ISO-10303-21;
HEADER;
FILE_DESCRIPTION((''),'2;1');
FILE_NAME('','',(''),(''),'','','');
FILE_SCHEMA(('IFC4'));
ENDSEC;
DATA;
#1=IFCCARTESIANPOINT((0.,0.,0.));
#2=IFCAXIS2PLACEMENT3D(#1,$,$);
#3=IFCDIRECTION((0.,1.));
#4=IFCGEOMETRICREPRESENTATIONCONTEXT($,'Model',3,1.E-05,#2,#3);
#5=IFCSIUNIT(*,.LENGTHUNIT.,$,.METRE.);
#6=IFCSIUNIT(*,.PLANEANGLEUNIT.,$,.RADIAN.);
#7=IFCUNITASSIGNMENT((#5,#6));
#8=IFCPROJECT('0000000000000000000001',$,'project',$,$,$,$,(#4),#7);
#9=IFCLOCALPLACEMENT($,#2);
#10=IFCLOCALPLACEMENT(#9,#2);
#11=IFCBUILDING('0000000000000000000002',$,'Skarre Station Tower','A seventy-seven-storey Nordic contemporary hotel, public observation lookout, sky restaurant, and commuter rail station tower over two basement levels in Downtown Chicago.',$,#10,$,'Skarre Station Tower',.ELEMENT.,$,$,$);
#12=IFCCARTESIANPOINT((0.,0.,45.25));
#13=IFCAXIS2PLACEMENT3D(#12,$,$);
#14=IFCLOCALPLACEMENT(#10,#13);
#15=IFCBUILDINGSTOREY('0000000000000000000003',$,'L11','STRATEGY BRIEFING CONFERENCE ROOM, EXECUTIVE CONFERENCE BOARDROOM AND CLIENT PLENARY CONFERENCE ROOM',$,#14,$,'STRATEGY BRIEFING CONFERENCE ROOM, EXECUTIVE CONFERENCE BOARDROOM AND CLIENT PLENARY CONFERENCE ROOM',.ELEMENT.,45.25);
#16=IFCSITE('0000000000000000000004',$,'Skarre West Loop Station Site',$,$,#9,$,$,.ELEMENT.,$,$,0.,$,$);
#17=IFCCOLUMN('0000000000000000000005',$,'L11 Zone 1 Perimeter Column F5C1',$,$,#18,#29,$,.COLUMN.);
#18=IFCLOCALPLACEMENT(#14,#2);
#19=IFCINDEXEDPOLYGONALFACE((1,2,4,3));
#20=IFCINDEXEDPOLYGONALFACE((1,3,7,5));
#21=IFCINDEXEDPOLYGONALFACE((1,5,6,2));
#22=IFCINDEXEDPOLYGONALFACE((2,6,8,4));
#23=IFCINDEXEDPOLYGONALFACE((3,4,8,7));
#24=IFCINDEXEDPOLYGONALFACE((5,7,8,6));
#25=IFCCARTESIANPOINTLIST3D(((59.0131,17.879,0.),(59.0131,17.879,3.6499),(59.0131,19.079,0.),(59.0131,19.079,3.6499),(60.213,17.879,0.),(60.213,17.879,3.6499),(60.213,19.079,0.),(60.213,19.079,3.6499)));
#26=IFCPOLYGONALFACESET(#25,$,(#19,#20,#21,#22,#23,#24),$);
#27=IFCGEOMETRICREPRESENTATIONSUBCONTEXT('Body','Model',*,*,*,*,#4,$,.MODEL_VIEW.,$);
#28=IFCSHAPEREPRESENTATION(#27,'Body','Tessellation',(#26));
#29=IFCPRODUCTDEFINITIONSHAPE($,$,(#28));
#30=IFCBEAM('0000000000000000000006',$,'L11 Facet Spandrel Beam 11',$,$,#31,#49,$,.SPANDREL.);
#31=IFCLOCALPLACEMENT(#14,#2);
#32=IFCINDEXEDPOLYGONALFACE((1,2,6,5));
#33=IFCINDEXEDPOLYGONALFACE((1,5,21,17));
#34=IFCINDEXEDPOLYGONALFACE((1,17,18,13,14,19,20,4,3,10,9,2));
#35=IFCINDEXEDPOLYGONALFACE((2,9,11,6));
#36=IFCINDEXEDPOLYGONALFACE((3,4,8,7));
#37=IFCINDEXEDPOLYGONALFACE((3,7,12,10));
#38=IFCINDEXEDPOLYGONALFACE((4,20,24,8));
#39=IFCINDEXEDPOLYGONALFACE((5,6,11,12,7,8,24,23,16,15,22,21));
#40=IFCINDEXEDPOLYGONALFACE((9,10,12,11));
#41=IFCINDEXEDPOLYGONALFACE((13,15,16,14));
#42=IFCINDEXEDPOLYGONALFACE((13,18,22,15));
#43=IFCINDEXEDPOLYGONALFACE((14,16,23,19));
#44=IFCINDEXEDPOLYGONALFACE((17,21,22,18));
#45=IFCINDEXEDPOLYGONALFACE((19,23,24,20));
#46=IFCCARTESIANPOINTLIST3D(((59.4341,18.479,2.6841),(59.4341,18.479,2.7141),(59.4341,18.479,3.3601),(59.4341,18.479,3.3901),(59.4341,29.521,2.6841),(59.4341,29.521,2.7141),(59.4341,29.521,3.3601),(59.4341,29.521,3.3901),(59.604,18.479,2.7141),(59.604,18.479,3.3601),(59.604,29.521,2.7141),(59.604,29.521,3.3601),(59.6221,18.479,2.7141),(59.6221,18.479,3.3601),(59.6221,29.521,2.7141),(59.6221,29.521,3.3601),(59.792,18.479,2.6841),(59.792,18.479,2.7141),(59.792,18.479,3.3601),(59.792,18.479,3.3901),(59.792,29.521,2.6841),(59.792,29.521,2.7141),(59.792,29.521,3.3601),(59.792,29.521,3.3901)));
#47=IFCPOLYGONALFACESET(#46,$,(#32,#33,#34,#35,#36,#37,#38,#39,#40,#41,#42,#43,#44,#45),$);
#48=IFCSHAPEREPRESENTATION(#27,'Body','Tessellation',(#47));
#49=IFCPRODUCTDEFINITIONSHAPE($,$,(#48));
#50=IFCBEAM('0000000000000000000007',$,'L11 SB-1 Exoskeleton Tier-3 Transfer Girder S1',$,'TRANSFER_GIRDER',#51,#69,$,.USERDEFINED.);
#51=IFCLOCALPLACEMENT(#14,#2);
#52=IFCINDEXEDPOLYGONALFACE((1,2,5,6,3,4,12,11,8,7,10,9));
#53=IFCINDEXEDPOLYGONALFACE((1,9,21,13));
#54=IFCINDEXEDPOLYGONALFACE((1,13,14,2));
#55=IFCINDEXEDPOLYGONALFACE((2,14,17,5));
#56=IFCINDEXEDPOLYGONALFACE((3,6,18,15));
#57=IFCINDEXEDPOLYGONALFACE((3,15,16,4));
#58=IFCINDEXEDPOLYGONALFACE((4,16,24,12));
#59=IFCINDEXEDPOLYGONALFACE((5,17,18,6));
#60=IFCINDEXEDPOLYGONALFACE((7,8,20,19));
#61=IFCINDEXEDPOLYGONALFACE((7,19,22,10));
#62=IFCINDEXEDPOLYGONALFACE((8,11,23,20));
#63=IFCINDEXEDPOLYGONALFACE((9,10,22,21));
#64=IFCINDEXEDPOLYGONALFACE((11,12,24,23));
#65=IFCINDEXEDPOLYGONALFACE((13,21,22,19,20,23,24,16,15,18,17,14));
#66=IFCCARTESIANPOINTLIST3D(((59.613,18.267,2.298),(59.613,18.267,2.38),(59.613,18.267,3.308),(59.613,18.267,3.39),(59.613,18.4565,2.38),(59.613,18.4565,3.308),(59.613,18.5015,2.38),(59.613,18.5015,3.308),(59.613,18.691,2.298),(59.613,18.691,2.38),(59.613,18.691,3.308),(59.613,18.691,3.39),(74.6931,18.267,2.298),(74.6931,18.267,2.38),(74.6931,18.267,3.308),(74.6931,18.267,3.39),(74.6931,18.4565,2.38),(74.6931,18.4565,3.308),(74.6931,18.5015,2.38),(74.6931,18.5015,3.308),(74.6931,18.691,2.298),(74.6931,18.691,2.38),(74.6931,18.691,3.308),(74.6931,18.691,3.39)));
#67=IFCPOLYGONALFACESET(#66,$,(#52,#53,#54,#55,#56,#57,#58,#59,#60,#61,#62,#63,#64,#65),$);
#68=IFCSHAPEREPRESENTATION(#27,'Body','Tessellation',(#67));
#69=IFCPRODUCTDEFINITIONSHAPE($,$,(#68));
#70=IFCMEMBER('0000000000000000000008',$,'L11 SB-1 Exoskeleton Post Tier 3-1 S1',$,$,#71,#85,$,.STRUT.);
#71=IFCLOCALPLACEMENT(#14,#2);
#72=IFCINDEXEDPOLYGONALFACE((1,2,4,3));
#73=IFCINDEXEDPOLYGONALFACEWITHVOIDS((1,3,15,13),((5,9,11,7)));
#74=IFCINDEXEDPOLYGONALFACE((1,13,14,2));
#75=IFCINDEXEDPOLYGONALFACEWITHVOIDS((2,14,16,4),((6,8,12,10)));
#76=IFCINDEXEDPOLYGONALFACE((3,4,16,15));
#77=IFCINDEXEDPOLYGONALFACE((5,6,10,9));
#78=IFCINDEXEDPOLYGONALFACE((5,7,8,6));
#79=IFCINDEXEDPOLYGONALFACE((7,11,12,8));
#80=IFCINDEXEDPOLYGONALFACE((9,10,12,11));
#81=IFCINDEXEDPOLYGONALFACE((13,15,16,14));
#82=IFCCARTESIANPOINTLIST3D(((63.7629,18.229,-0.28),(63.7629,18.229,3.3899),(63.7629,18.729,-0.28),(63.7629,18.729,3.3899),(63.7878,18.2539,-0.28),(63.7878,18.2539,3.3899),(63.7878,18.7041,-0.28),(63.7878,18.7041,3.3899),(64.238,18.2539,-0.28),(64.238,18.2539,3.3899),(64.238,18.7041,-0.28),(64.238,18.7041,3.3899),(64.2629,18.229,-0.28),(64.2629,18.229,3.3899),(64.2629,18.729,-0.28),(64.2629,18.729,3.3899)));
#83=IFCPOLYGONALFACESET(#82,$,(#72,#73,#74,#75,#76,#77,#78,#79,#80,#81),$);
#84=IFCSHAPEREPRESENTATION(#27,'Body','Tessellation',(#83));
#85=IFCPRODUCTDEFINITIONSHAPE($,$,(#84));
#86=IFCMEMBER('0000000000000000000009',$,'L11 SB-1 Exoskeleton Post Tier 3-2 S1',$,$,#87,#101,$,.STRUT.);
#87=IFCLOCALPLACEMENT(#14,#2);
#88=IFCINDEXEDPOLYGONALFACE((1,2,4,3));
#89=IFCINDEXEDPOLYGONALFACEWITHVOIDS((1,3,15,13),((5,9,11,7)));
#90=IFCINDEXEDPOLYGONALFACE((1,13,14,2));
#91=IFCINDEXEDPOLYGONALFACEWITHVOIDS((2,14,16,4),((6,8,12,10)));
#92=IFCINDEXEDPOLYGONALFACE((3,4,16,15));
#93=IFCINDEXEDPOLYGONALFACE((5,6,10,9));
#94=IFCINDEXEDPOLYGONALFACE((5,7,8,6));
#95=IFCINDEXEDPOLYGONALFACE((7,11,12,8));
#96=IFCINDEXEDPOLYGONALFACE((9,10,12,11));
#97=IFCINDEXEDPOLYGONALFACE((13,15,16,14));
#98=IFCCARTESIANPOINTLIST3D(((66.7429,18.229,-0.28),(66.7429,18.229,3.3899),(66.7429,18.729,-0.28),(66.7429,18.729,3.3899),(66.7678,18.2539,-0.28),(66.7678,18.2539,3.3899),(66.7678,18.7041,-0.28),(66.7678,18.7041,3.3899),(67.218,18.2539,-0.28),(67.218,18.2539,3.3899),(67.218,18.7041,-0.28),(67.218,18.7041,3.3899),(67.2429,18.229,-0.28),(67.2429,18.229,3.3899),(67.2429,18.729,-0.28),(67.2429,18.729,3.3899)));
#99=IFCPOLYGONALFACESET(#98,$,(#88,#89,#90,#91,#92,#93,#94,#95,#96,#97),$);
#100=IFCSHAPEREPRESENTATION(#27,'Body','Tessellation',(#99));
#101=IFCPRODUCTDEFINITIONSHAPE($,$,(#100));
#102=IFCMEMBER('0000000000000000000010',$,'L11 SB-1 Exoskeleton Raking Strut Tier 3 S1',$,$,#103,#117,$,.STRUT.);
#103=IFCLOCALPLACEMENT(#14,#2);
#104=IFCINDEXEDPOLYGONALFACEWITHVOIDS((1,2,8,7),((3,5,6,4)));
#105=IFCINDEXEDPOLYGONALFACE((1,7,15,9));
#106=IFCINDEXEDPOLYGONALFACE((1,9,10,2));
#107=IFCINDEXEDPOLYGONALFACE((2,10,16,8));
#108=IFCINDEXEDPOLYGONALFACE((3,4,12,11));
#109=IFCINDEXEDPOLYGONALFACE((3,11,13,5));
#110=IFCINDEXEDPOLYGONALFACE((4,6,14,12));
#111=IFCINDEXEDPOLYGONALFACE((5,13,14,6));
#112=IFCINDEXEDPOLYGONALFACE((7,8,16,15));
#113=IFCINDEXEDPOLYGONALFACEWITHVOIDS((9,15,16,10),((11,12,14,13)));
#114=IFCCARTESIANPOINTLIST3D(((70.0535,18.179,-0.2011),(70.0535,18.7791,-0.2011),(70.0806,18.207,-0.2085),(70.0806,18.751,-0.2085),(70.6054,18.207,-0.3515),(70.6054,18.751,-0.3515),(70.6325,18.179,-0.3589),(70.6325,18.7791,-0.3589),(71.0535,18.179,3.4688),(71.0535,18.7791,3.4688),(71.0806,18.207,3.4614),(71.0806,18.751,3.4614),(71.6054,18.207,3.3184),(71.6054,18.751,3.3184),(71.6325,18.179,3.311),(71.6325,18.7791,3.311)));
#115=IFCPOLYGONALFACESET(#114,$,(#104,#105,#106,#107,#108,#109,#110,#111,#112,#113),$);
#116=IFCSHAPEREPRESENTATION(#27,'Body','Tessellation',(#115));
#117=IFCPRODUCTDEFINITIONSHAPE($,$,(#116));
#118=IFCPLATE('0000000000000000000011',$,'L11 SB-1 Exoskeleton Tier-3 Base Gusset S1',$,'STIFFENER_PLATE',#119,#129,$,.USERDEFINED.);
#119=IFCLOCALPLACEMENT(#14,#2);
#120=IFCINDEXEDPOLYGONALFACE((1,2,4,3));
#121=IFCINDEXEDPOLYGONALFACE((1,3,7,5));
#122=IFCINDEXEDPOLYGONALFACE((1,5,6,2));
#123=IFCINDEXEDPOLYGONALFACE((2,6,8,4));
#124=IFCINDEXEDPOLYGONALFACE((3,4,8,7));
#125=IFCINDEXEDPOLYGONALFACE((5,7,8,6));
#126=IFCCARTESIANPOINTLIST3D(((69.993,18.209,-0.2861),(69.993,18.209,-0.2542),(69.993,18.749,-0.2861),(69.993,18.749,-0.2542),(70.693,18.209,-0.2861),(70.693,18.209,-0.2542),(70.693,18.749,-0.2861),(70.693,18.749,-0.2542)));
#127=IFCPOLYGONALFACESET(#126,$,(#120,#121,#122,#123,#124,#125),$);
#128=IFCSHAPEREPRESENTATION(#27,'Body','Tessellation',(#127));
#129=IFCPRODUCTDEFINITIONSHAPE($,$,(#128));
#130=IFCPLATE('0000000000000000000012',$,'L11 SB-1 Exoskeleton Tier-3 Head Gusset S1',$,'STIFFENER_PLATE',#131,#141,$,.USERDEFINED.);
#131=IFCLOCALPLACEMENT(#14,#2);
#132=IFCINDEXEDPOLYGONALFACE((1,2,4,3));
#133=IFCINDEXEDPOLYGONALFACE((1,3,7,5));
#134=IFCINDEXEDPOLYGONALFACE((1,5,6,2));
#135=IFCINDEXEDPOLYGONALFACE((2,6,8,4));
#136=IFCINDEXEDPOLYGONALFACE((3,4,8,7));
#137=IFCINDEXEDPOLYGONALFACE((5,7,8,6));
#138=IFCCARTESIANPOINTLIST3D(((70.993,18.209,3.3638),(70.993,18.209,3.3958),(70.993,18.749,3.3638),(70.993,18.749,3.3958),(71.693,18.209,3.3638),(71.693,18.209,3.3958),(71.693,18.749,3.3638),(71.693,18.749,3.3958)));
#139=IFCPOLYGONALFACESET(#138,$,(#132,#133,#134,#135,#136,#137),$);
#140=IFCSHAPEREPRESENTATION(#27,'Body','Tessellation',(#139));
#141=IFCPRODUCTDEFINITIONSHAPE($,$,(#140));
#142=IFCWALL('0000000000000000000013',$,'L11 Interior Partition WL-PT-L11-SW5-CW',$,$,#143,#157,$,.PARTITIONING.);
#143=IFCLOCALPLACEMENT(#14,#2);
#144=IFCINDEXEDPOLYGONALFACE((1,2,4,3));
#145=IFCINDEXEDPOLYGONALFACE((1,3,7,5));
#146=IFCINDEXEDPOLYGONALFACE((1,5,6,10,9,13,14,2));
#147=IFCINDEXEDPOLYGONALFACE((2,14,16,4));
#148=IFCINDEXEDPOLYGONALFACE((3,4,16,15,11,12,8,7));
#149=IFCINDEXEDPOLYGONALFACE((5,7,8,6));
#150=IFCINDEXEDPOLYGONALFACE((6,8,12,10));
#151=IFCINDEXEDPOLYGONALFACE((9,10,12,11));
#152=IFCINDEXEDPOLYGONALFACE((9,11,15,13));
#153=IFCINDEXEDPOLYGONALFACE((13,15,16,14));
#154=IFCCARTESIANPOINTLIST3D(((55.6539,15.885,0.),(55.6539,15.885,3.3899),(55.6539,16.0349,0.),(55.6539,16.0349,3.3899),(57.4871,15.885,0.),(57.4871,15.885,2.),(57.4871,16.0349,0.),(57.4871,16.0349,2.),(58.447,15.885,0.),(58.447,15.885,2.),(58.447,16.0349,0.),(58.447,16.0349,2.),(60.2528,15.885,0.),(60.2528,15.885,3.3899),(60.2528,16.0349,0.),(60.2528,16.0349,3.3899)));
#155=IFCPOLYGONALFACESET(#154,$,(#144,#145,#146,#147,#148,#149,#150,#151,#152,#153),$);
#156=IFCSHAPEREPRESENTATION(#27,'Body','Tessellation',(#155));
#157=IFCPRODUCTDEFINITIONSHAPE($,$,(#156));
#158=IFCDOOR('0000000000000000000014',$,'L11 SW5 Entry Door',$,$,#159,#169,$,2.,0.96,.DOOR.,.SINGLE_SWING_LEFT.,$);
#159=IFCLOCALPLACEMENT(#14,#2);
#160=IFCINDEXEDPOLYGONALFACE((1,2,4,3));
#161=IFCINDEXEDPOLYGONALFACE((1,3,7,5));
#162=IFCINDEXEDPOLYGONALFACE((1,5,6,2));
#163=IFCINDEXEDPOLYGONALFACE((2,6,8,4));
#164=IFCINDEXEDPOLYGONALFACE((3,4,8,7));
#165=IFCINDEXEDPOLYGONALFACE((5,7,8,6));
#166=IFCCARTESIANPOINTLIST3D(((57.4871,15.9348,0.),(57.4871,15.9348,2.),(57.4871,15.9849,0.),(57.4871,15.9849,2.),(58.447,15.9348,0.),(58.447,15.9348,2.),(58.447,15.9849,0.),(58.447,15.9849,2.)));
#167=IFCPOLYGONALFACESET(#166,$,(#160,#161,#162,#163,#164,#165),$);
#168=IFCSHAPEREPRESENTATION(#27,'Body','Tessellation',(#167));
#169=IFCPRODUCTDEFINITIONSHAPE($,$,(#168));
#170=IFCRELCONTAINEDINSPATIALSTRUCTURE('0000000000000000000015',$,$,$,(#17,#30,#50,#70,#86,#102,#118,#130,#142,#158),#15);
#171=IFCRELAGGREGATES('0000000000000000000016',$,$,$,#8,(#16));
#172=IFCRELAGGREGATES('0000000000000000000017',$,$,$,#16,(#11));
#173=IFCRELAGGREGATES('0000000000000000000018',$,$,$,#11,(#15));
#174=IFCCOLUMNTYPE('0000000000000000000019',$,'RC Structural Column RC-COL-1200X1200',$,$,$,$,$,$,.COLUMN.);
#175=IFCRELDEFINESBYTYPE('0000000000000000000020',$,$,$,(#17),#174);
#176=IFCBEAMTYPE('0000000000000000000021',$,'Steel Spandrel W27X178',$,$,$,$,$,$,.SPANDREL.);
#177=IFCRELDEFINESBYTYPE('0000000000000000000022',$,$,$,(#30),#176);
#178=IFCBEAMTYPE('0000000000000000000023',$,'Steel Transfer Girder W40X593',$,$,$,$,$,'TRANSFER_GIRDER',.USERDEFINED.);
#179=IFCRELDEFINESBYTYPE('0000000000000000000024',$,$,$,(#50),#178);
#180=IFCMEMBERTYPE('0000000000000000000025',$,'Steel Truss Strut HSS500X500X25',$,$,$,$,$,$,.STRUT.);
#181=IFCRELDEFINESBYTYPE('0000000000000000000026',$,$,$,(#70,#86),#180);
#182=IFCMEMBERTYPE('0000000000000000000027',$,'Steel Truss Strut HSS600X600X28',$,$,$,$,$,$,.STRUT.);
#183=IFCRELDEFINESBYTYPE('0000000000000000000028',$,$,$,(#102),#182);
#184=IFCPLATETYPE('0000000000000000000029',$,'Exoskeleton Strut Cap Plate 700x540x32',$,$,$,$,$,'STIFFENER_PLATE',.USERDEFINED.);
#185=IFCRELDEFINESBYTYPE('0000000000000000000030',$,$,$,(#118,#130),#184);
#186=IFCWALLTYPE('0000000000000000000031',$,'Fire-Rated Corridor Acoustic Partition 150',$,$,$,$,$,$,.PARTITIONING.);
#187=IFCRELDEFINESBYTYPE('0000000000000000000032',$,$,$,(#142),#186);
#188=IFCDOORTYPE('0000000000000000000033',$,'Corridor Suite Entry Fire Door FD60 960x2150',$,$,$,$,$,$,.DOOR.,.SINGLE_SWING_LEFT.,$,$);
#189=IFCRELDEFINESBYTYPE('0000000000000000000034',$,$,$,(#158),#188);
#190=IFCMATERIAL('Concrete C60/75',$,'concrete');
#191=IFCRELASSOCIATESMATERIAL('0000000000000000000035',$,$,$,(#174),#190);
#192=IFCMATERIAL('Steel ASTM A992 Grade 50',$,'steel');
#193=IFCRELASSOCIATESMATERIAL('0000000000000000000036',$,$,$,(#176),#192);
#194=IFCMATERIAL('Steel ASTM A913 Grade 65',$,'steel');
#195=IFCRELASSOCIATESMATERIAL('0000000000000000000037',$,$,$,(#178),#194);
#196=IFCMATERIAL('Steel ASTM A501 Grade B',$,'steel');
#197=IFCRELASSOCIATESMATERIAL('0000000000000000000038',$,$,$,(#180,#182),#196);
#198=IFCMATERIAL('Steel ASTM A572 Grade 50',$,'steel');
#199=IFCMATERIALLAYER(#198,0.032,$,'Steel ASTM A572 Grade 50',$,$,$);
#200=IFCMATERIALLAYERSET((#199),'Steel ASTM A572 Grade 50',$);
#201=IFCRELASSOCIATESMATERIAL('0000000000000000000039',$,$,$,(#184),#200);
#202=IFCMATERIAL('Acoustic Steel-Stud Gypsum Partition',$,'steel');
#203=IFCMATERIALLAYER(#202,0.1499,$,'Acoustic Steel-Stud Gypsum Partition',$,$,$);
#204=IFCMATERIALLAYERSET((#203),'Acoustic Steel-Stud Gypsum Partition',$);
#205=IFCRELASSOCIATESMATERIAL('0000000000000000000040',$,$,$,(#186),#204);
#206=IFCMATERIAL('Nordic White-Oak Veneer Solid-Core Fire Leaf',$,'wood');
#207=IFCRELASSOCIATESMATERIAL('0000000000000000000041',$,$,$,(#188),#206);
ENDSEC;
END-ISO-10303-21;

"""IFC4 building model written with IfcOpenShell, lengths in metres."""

from ifc_helpers import new_model, si_unit, direction, frame, frame_2d, origin, origin_2d, place, context, subcontext, project, spatial, rectangle, hollow_rectangle, i_section, extrude, material, layer, layer_set, material_profile, profile_set, type_object, element, fill, save


model = new_model("IFC4")

# Units and contexts
model_context = context("Model", 3, precision=1e-05, world=origin(), true_north=direction((0.0, 1.0)))
body_context = subcontext(model_context, "Body", "Model", "MODEL_VIEW")
ifc_project = project(units=[si_unit("LENGTHUNIT", "METRE"), si_unit("PLANEANGLEUNIT", "RADIAN")], contexts=[model_context])

# Site, building, storey
site_placement = place(None, origin())
site = spatial("IfcSite", under=ifc_project, at=site_placement, Name="Skarre West Loop Station Site", CompositionType="ELEMENT", RefElevation=0.0)
building_placement = place(site_placement, origin())
building = spatial("IfcBuilding", under=site, at=building_placement, Name="Skarre Station Tower", Description="A seventy-seven-storey Nordic contemporary hotel, public observation lookout, sky restaurant, and commuter rail station tower over two basement levels in Downtown Chicago.", LongName="Skarre Station Tower", CompositionType="ELEMENT")
storey_placement = place(building_placement, frame((0.0, 0.0, 45.25)))
storey = spatial("IfcBuildingStorey", under=building, at=storey_placement, Name="L11", Description="STRATEGY BRIEFING CONFERENCE ROOM, EXECUTIVE CONFERENCE BOARDROOM AND CLIENT PLENARY CONFERENCE ROOM", LongName="STRATEGY BRIEFING CONFERENCE ROOM, EXECUTIVE CONFERENCE BOARDROOM AND CLIENT PLENARY CONFERENCE ROOM", CompositionType="ELEMENT", Elevation=45.25)

# Column
ifc_material_1 = material(Name="Concrete C60/75", Category="concrete")
ifc_material_profile_1 = material_profile(ifc_material_1, rectangle(XDim=1.2, YDim=1.2, at=origin_2d()), Name="Concrete C60/75")
ifc_profile_set_1 = profile_set([ifc_material_profile_1], Name="Concrete C60/75")
column_type = type_object("IfcColumnType", Name="RC Structural Column RC-COL-1200X1200", PredefinedType="COLUMN", material=ifc_profile_set_1)
column_placement = place(storey_placement, frame((59.613, 18.479, 0.0), z_axis=(0.0, 0.0, 1.0), x_axis=(1.0, 0.0, 0.0)))
element("IfcColumn", 1, at=column_placement, inside=storey, type_object=column_type, Name="L11 Zone 1 Perimeter Column F5C1", PredefinedType="COLUMN", context=body_context, shape_type="SweptSolid", body=[
    extrude(rectangle(XDim=1.2, YDim=1.2, at=origin_2d()), origin(), (0.0, 0.0, 1.0), 3.6499),
])

# Beams
ifc_material_2 = material(Name="Steel ASTM A992 Grade 50", Category="steel")
ifc_material_profile_2 = material_profile(ifc_material_2, i_section(OverallWidth=0.3579, OverallDepth=0.7061, WebThickness=0.0181, FlangeThickness=0.03, at=origin_2d()), Name="Steel ASTM A992 Grade 50")
ifc_profile_set_2 = profile_set([ifc_material_profile_2], Name="Steel ASTM A992 Grade 50")
beam_type_1 = type_object("IfcBeamType", Name="Steel Spandrel W27X178", PredefinedType="SPANDREL", material=ifc_profile_set_2)
beam_1_placement = place(storey_placement, frame((59.613, 18.479, 3.0371), z_axis=(0.0, 1.0, 0.0), x_axis=(-1.0, 0.0, 0.0)))
element("IfcBeam", 2, at=beam_1_placement, inside=storey, type_object=beam_type_1, Name="L11 Facet Spandrel Beam 11", PredefinedType="SPANDREL", context=body_context, shape_type="SweptSolid", body=[
    extrude(i_section(OverallWidth=0.3579, OverallDepth=0.7061, WebThickness=0.0181, FlangeThickness=0.03, at=origin_2d()), origin(), (0.0, 0.0, 1.0), 11.042),
])
ifc_material_3 = material(Name="Steel ASTM A913 Grade 65", Category="steel")
ifc_material_profile_3 = material_profile(ifc_material_3, i_section(OverallWidth=0.4241, OverallDepth=1.092, WebThickness=0.0449, FlangeThickness=0.082, at=origin_2d()), Name="Steel ASTM A913 Grade 65")
ifc_profile_set_3 = profile_set([ifc_material_profile_3], Name="Steel ASTM A913 Grade 65")
beam_type_2 = type_object("IfcBeamType", Name="Steel Transfer Girder W40X593", ElementType="TRANSFER_GIRDER", PredefinedType="USERDEFINED", material=ifc_profile_set_3)
beam_2_placement = place(storey_placement, frame((59.613, 18.479, 2.844), z_axis=(1.0, 0.0, 0.0), x_axis=(0.0, 1.0, 0.0)))
element("IfcBeam", 3, at=beam_2_placement, inside=storey, type_object=beam_type_2, Name="L11 SB-1 Exoskeleton Tier-3 Transfer Girder S1", ObjectType="TRANSFER_GIRDER", PredefinedType="USERDEFINED", context=body_context, shape_type="SweptSolid", body=[
    extrude(i_section(OverallWidth=0.4241, OverallDepth=1.092, WebThickness=0.0449, FlangeThickness=0.082, at=origin_2d()), origin(), (0.0, 0.0, 1.0), 15.0801),
])

# Members
ifc_material_4 = material(Name="Steel ASTM A501 Grade B", Category="steel")
ifc_material_profile_4 = material_profile(ifc_material_4, hollow_rectangle(XDim=0.5, YDim=0.5, WallThickness=0.0249, at=origin_2d()), Name="Steel ASTM A501 Grade B")
ifc_profile_set_4 = profile_set([ifc_material_profile_4], Name="Steel ASTM A501 Grade B")
member_type_1 = type_object("IfcMemberType", Name="Steel Truss Strut HSS500X500X25", PredefinedType="STRUT", material=ifc_profile_set_4)
for number, where, z_axis, x_axis, name in (
    (4, (64.0129, 18.479, -0.28), (0.0, 0.0, 1.0), (1.0, 0.0, 0.0), "L11 SB-1 Exoskeleton Post Tier 3-1 S1"),
    (5, (66.9929, 18.479, -0.28), (0.0, 0.0, 1.0), (1.0, 0.0, 0.0), "L11 SB-1 Exoskeleton Post Tier 3-2 S1"),
):
    element("IfcMember", number, at=place(storey_placement, frame(where, z_axis=z_axis, x_axis=x_axis)), inside=storey, type_object=member_type_1, Name=name, PredefinedType="STRUT", context=body_context, shape_type="SweptSolid", body=[
        extrude(hollow_rectangle(XDim=0.5, YDim=0.5, WallThickness=0.0249, at=origin_2d()), origin(), (0.0, 0.0, 1.0), 3.6699),
    ])
ifc_material_profile_5 = material_profile(ifc_material_4, hollow_rectangle(XDim=0.6001, YDim=0.6001, WallThickness=0.0281, at=origin_2d()), Name="Steel ASTM A501 Grade B")
ifc_profile_set_5 = profile_set([ifc_material_profile_5], Name="Steel ASTM A501 Grade B")
member_type_2 = type_object("IfcMemberType", Name="Steel Truss Strut HSS600X600X28", PredefinedType="STRUT", material=ifc_profile_set_5)
member_placement = place(storey_placement, frame((70.343, 18.479, -0.28), z_axis=(0.2629, 0.0, 0.964823), x_axis=(0.0, 1.0, 0.0)))
element("IfcMember", 6, at=member_placement, inside=storey, type_object=member_type_2, Name="L11 SB-1 Exoskeleton Raking Strut Tier 3 S1", PredefinedType="STRUT", context=body_context, shape_type="SweptSolid", body=[
    extrude(hollow_rectangle(XDim=0.6001, YDim=0.6001, WallThickness=0.0281, at=origin_2d()), origin(), (0.0, 0.0, 1.0), 3.8037),
])

# Plates
ifc_material_5 = material(Name="Steel ASTM A572 Grade 50", Category="steel")
ifc_layer_1 = layer(ifc_material_5, 0.032, Name="Steel ASTM A572 Grade 50")
ifc_layer_set_1 = layer_set([ifc_layer_1], Name="Steel ASTM A572 Grade 50")
plate_type = type_object("IfcPlateType", Name="Exoskeleton Strut Cap Plate 700x540x32", ElementType="STIFFENER_PLATE", PredefinedType="USERDEFINED", material=ifc_layer_set_1)
for number, where, z_axis, x_axis, name in (
    (7, (70.343, 18.479, -0.2861), (0.0, 0.0, 1.0), (1.0, 0.0, 0.0), "L11 SB-1 Exoskeleton Tier-3 Base Gusset S1"),
    (8, (71.343, 18.479, 3.3638), (0.0, 0.0, 1.0), (1.0, 0.0, 0.0), "L11 SB-1 Exoskeleton Tier-3 Head Gusset S1"),
):
    element("IfcPlate", number, at=place(storey_placement, frame(where, z_axis=z_axis, x_axis=x_axis)), inside=storey, type_object=plate_type, Name=name, ObjectType="STIFFENER_PLATE", PredefinedType="USERDEFINED", context=body_context, shape_type="SweptSolid", body=[
        extrude(rectangle(XDim=0.7, YDim=0.54, at=origin_2d()), origin(), (0.0, 0.0, 1.0), 0.032),
    ])

# Wall, opening, door
ifc_material_6 = material(Name="Acoustic Steel-Stud Gypsum Partition", Category="steel")
ifc_layer_2 = layer(ifc_material_6, 0.1499, Name="Acoustic Steel-Stud Gypsum Partition")
ifc_layer_set_2 = layer_set([ifc_layer_2], Name="Acoustic Steel-Stud Gypsum Partition")
wall_type_1 = type_object("IfcWallType", Name="Fire-Rated Corridor Acoustic Partition 150", PredefinedType="PARTITIONING", material=ifc_layer_set_2)
wall_1_placement = place(storey_placement, frame((55.6541, 15.96, 0.0), z_axis=(0.0, 0.0, 1.0), x_axis=(1.0, 0.0, 0.0)))
wall_1 = element("IfcWall", 9, at=wall_1_placement, inside=storey, type_object=wall_type_1, Name="L11 Interior Partition WL-PT-L11-SW5-CW", PredefinedType="PARTITIONING", context=body_context, shape_type="SweptSolid", body=[
    extrude(rectangle(XDim=4.5989, YDim=0.1499, at=frame_2d((2.2993, 0.0))), origin(), (0.0, 0.0, 1.0), 3.3899),
])
opening_1_placement = place(wall_1_placement, frame((1.833, 0.0, 0.0)))
opening_1 = element("IfcOpeningElement", 10, at=opening_1_placement, cuts=wall_1, PredefinedType="OPENING", context=body_context, shape_type="SweptSolid", body=[
    extrude(rectangle(XDim=0.96, YDim=2.0, at=frame_2d((0.48, 1.0))), frame((0.0, 0.085, 0.0), z_axis=(0.0, -1.0, 0.0), x_axis=(1.0, 0.0, 0.0)), (0.0, 0.0, 1.0), 0.1699),
])
ifc_material_7 = material(Name="Nordic White-Oak Veneer Solid-Core Fire Leaf", Category="wood")
door_type_1 = type_object("IfcDoorType", Name="Corridor Suite Entry Fire Door FD60 960x2150", OperationType="SINGLE_SWING_LEFT", PredefinedType="DOOR", material=ifc_material_7)
door_1_placement = place(opening_1_placement, origin())
door_1 = element("IfcDoor", 11, at=door_1_placement, inside=storey, type_object=door_type_1, Name="L11 SW5 Entry Door", OperationType="SINGLE_SWING_LEFT", OverallHeight=2.0, OverallWidth=0.96, PredefinedType="DOOR", context=body_context, shape_type="SweptSolid", body=[
    extrude(rectangle(XDim=0.96, YDim=2.0, at=frame_2d((0.48, 1.0))), frame((0.0, 0.0249, 0.0), z_axis=(0.0, -1.0, 0.0), x_axis=(1.0, 0.0, 0.0)), (0.0, 0.0, 1.0), 0.05),
])
fill(opening_1, door_1)

save(model, "model.ifc")
